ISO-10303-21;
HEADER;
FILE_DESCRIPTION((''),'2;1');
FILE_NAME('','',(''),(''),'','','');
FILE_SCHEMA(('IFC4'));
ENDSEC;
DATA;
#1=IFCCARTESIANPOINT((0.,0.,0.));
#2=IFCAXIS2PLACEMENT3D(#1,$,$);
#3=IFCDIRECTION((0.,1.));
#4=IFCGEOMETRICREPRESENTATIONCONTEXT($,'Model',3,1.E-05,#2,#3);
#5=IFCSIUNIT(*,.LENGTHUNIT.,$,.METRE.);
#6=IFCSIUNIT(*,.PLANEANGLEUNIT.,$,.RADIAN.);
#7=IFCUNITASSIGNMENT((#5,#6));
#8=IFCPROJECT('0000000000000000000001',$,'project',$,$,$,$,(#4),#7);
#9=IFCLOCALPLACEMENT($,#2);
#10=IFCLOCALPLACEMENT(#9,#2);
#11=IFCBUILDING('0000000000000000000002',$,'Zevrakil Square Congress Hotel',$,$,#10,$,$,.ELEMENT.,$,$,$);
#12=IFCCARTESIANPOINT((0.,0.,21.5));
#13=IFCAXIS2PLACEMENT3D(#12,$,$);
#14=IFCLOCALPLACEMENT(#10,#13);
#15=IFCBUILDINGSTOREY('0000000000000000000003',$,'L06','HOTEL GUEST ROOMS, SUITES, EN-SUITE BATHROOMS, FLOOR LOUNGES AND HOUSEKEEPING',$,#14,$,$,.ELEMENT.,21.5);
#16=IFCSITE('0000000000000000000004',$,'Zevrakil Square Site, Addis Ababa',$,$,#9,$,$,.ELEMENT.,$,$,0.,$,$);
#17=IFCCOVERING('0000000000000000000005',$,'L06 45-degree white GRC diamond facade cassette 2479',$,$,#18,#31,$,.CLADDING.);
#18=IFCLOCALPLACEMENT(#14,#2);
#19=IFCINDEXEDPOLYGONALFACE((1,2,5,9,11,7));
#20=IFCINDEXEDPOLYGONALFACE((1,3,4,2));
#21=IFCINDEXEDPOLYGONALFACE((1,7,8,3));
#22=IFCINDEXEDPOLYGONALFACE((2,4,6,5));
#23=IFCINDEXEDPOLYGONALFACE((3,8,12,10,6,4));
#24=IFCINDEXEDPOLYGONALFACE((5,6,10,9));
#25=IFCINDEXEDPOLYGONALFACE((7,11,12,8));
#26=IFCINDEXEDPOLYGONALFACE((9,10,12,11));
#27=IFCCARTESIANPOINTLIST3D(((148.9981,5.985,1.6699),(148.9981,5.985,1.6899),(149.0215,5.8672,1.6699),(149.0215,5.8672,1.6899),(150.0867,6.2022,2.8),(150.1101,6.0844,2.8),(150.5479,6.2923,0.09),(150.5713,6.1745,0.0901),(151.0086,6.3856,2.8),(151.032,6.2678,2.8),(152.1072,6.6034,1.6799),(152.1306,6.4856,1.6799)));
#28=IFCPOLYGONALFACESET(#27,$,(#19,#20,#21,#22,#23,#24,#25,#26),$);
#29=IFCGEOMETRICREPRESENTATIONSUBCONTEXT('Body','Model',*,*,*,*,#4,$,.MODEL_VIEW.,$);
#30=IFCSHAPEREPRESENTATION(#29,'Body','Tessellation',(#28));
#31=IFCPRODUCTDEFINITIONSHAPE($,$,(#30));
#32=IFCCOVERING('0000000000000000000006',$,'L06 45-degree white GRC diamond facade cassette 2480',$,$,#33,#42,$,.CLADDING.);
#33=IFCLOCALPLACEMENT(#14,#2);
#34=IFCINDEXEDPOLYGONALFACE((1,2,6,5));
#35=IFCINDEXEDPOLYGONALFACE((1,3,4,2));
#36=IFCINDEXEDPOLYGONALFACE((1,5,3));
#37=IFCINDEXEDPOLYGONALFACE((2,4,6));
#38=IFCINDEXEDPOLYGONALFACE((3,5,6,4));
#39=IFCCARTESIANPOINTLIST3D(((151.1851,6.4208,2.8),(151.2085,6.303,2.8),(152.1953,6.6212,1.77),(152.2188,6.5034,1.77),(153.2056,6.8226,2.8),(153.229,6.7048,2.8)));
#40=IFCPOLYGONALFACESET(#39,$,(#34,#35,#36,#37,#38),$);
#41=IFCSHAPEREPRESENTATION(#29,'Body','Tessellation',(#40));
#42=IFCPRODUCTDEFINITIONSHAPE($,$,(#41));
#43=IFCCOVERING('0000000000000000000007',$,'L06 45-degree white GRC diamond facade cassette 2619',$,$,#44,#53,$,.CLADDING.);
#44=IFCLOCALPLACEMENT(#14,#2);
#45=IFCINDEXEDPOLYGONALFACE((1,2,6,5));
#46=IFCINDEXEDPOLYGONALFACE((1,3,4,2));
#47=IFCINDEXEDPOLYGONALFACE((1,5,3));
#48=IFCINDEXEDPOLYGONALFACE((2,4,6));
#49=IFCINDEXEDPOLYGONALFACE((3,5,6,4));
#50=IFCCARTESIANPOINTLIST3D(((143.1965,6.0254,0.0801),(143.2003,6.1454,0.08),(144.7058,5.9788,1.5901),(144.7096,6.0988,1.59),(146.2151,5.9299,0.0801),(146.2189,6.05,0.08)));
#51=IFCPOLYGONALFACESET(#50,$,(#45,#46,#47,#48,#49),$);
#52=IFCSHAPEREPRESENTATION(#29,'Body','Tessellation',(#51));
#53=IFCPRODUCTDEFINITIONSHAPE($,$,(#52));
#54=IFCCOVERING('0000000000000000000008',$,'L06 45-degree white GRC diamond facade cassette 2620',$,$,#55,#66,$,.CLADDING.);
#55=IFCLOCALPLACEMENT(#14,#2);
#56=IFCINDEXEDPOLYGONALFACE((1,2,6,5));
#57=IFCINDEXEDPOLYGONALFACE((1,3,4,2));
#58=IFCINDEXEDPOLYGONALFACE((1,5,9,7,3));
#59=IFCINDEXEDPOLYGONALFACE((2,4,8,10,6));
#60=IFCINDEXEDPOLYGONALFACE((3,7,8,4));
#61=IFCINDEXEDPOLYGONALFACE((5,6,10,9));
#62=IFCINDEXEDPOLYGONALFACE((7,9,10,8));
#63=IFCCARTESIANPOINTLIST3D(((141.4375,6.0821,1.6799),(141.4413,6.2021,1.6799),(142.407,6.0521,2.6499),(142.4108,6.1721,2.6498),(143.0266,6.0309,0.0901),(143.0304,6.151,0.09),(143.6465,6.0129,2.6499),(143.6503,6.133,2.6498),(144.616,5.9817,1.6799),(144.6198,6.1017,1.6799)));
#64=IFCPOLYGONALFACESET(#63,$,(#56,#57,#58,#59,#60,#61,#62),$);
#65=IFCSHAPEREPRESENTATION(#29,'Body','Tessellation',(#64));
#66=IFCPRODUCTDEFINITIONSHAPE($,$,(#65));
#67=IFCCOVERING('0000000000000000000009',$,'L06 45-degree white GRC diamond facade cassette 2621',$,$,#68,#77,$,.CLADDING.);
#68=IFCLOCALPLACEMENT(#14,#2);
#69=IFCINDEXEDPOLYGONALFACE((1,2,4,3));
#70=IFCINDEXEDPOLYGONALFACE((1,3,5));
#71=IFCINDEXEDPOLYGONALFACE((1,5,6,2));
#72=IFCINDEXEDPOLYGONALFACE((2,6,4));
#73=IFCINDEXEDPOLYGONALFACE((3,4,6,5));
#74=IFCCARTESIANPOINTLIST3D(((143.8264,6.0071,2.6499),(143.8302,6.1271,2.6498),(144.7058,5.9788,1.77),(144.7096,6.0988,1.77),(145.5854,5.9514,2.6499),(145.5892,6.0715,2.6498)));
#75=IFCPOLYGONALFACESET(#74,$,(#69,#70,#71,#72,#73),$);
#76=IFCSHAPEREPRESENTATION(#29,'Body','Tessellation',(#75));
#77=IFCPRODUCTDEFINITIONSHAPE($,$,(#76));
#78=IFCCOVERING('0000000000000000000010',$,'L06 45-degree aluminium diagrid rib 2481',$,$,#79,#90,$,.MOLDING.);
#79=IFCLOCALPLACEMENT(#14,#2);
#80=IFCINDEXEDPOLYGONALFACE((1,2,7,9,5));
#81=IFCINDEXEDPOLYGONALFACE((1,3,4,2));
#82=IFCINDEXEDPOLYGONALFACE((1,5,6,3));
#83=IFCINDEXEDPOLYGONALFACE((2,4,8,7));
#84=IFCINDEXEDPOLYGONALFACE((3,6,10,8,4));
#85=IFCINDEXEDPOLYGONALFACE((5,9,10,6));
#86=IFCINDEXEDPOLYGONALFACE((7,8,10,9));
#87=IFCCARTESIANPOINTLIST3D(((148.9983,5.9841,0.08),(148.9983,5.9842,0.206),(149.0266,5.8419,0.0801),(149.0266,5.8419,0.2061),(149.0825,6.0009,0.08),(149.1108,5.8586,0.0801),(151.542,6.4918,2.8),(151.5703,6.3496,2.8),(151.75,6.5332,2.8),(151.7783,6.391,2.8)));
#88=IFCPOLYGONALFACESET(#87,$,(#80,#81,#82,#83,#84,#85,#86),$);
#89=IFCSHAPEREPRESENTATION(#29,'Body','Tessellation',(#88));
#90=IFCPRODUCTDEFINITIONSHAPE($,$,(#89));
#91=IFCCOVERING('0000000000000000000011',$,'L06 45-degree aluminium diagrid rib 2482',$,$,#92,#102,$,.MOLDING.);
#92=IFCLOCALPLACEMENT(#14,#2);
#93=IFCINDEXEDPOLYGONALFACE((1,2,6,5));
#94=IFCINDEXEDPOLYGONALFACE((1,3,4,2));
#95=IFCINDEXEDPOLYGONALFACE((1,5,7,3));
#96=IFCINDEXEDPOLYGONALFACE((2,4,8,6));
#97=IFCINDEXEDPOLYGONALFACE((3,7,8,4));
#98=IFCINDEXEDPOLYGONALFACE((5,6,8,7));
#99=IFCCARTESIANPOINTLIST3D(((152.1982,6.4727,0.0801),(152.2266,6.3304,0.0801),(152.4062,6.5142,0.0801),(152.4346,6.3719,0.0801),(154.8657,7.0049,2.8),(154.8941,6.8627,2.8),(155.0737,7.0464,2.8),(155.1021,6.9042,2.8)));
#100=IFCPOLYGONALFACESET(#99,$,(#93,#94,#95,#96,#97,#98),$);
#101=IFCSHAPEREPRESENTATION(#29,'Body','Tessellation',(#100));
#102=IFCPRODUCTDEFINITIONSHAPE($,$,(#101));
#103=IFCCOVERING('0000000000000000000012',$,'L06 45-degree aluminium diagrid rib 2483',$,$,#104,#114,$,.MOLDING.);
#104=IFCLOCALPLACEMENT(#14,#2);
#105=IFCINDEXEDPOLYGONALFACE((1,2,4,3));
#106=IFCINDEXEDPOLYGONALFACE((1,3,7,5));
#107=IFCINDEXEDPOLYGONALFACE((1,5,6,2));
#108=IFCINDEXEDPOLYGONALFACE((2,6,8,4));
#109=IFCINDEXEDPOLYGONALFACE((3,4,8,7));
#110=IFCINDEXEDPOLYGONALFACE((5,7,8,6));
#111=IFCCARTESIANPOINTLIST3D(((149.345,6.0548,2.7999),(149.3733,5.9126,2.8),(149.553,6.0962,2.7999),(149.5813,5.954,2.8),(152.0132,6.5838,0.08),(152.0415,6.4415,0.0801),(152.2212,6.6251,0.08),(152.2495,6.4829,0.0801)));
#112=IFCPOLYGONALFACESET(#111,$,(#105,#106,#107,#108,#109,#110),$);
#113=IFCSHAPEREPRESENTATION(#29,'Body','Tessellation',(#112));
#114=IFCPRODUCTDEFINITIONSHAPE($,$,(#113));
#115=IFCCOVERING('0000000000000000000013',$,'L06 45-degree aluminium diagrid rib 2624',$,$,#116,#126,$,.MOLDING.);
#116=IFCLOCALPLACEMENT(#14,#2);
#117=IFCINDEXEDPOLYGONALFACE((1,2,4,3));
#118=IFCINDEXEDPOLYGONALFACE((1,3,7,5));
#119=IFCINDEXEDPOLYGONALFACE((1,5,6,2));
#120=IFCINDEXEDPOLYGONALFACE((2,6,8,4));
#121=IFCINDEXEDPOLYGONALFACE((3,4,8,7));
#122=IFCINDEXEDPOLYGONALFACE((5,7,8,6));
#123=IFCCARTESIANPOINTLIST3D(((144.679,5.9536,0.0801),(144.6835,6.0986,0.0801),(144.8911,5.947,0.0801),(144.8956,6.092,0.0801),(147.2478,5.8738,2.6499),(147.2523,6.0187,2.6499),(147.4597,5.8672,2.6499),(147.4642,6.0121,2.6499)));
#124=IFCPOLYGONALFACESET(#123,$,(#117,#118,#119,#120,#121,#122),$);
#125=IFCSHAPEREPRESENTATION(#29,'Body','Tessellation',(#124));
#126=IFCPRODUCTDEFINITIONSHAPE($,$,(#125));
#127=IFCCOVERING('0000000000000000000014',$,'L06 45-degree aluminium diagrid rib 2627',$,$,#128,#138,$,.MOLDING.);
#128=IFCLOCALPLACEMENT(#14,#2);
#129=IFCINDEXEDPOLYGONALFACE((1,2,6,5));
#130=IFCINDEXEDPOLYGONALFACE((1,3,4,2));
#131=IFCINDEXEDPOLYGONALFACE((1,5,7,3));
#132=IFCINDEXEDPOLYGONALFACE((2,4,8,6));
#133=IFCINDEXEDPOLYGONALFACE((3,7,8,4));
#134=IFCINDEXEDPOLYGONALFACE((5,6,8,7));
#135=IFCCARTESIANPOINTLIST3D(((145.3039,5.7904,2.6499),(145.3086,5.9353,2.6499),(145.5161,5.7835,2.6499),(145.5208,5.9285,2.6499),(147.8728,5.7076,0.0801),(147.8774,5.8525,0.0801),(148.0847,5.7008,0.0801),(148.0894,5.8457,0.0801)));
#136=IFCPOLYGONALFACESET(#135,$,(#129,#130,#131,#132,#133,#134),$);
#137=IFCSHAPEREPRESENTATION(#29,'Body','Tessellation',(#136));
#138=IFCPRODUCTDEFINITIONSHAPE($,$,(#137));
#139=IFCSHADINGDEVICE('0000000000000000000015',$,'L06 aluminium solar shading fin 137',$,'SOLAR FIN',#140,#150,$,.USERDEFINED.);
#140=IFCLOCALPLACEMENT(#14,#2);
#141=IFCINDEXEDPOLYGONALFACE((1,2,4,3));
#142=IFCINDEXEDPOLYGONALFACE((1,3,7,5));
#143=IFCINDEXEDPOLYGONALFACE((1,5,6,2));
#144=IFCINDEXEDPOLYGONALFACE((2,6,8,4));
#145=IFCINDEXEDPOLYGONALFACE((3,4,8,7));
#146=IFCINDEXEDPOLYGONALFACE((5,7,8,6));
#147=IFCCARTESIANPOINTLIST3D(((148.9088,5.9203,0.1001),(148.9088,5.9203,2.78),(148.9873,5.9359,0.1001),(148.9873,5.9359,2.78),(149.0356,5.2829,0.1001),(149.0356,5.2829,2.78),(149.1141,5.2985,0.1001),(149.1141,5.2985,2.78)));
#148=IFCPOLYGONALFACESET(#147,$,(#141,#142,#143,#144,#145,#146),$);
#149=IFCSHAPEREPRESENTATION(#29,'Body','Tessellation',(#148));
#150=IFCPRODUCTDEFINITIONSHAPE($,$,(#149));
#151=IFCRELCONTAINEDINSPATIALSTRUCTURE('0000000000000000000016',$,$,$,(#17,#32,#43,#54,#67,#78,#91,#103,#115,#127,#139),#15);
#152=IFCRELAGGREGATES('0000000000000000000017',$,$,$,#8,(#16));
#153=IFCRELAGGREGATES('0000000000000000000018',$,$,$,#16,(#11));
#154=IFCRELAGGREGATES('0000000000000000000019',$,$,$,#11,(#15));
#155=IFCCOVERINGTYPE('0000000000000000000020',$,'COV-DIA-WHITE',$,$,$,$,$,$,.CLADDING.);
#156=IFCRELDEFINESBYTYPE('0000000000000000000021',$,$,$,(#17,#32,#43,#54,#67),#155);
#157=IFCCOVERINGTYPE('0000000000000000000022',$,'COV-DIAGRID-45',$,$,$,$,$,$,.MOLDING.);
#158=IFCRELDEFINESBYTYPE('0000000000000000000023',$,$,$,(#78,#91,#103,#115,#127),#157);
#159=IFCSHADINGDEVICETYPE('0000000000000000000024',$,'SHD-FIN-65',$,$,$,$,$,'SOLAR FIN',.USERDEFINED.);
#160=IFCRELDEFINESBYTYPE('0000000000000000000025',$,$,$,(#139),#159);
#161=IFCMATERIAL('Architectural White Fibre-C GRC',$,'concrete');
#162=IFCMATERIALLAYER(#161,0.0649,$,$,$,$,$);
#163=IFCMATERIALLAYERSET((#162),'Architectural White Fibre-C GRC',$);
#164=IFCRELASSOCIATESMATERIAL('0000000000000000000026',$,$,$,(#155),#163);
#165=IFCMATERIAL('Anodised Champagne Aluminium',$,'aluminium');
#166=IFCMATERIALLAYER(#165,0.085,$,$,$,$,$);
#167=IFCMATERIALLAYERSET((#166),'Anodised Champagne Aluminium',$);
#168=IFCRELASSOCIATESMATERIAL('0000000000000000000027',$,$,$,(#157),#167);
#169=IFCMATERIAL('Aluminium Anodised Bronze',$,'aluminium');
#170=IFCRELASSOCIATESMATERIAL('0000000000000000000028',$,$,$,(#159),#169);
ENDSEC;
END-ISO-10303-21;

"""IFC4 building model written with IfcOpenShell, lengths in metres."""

from ifc_helpers import new_model, si_unit, direction, frame, origin, origin_2d, place, context, subcontext, project, spatial, polyline, rectangle, outline, extrude, material, layer, layer_set, type_object, element, save


model = new_model("IFC4")

# Units and contexts
model_context = context("Model", 3, precision=1e-05, world=origin(), true_north=direction((0.0, 1.0)))
body_context = subcontext(model_context, "Body", "Model", "MODEL_VIEW")
ifc_project = project(units=[si_unit("LENGTHUNIT", "METRE"), si_unit("PLANEANGLEUNIT", "RADIAN")], contexts=[model_context])

# Site, building, storey
site_placement = place(None, origin())
site = spatial("IfcSite", under=ifc_project, at=site_placement, Name="Zevrakil Square Site, Addis Ababa", CompositionType="ELEMENT", RefElevation=0.0)
building_placement = place(site_placement, origin())
building = spatial("IfcBuilding", under=site, at=building_placement, Name="Zevrakil Square Congress Hotel", CompositionType="ELEMENT")
storey_placement = place(building_placement, frame((0.0, 0.0, 21.5)))
storey = spatial("IfcBuildingStorey", under=building, at=storey_placement, Name="L06", Description="HOTEL GUEST ROOMS, SUITES, EN-SUITE BATHROOMS, FLOOR LOUNGES AND HOUSEKEEPING", CompositionType="ELEMENT", Elevation=21.5)

# Coverings
ifc_material_1 = material(Name="Architectural White Fibre-C GRC", Category="concrete")
ifc_layer_1 = layer(ifc_material_1, 0.0649)
ifc_layer_set_1 = layer_set([ifc_layer_1], Name="Architectural White Fibre-C GRC")
covering_type_1 = type_object("IfcCoveringType", Name="COV-DIA-WHITE", PredefinedType="CLADDING", material=ifc_layer_set_1)
covering_1_placement = place(storey_placement, frame((152.1306, 6.4856, 1.6799), z_axis=(0.195078, -0.980788, 0.000597), x_axis=(-0.693483, -0.138364, -0.707062)))
element("IfcCovering", 1, at=covering_1_placement, inside=storey, type_object=covering_type_1, Name="L06 45-degree white GRC diamond facade cassette 2479", PredefinedType="CLADDING", context=body_context, shape_type="SweptSolid", body=[
    extrude(outline(polyline([(0.0, 0.0), (2.2485, 0.0), (2.2488, -2.2343), (2.2346, -2.2485), (0.6647, -2.2486), (0.0, -1.584), (0.0, 0.0)])), origin(), (0.0, 0.0, -1.0), 0.1201),
])
covering_2_placement = place(storey_placement, frame((152.2188, 6.5034, 1.77), z_axis=(0.195068, -0.98079, 0.000465), x_axis=(-0.693559, -0.137606, 0.707135)))
element("IfcCovering", 2, at=covering_2_placement, inside=storey, type_object=covering_type_1, Name="L06 45-degree white GRC diamond facade cassette 2480", PredefinedType="CLADDING", context=body_context, shape_type="SweptSolid", body=[
    extrude(outline(polyline([(0.0, 0.0), (1.4566, 0.0), (0.0, -1.4568), (0.0, 0.0)])), origin(), (0.0, 0.0, -1.0), 0.1201),
])
covering_3_placement = place(storey_placement, frame((144.7058, 5.9788, 1.5901), z_axis=(-0.031608, -0.9995, 0.000727), x_axis=(0.70675, -0.022865, -0.707093)))
element("IfcCovering", 3, at=covering_3_placement, inside=storey, type_object=covering_type_1, Name="L06 45-degree white GRC diamond facade cassette 2619", PredefinedType="CLADDING", context=body_context, shape_type="SweptSolid", body=[
    extrude(outline(polyline([(0.0, 0.0), (2.1355, 0.0), (0.0, -2.1355), (0.0, 0.0)])), origin(), (0.0, 0.0, -1.0), 0.1201),
])
covering_4_placement = place(storey_placement, frame((144.616, 5.9817, 1.6799), z_axis=(-0.031572, -0.999501, 0.000606), x_axis=(-0.706827, 0.021898, -0.707047)))
element("IfcCovering", 4, at=covering_4_placement, inside=storey, type_object=covering_type_1, Name="L06 45-degree white GRC diamond facade cassette 2620", PredefinedType="CLADDING", context=body_context, shape_type="SweptSolid", body=[
    extrude(outline(polyline([(0.0, 0.0), (2.2486, 0.0), (2.2488, -2.2484), (0.8771, -2.2486), (0.0001, -1.3718), (0.0, 0.0)])), origin(), (0.0, 0.0, -1.0), 0.1201),
])
covering_5_placement = place(storey_placement, frame((144.7058, 5.9788, 1.77), z_axis=(-0.031629, -0.9995, 0.000559), x_axis=(-0.706727, 0.02276, 0.70712)))
element("IfcCovering", 5, at=covering_5_placement, inside=storey, type_object=covering_type_1, Name="L06 45-degree white GRC diamond facade cassette 2621", PredefinedType="CLADDING", context=body_context, shape_type="SweptSolid", body=[
    extrude(outline(polyline([(0.0, 0.0), (1.2443, 0.0), (-0.0001, -1.2445), (0.0, 0.0)])), origin(), (0.0, 0.0, -1.0), 0.1201),
])
ifc_material_2 = material(Name="Anodised Champagne Aluminium", Category="aluminium")
ifc_layer_2 = layer(ifc_material_2, 0.085)
ifc_layer_set_2 = layer_set([ifc_layer_2], Name="Anodised Champagne Aluminium")
covering_type_2 = type_object("IfcCoveringType", Name="COV-DIAGRID-45", PredefinedType="MOLDING", material=ifc_layer_set_2)
covering_6_placement = place(storey_placement, frame((149.1108, 5.8586, 0.0801), z_axis=(0.195231, -0.980757, 0.000501), x_axis=(-0.980757, -0.195231, 0.0)))
element("IfcCovering", 6, at=covering_6_placement, inside=storey, type_object=covering_type_2, Name="L06 45-degree aluminium diagrid rib 2481", PredefinedType="MOLDING", context=body_context, shape_type="SweptSolid", body=[
    extrude(outline(polyline([(0.0, 0.0), (0.0859, 0.0), (0.0859, -0.126), (-2.508, -2.72), (-2.7201, -2.72), (0.0, 0.0)])), origin(), (0.0, 0.0, -1.0), 0.145),
])
covering_7_placement = place(storey_placement, frame((152.4062, 6.5142, 0.0801), z_axis=(-0.195673, 0.980669, 0.000006), x_axis=(-0.980669, -0.195673, 0.0)))
element("IfcCovering", 7, at=covering_7_placement, inside=storey, type_object=covering_type_2, Name="L06 45-degree aluminium diagrid rib 2482", PredefinedType="MOLDING", context=body_context, shape_type="SweptSolid", body=[
    extrude(outline(polyline([(0.0, 0.0), (0.2121, 0.0), (-2.508, 2.72), (-2.7201, 2.72), (0.0, 0.0)])), origin(), (0.0, 0.0, -1.0), 0.145),
])
covering_8_placement = place(storey_placement, frame((149.3733, 5.9126, 2.8), z_axis=(0.19512, -0.980779, 0.000683), x_axis=(0.980779, 0.19512, 0.0)))
element("IfcCovering", 8, at=covering_8_placement, inside=storey, type_object=covering_type_2, Name="L06 45-degree aluminium diagrid rib 2483", PredefinedType="MOLDING", context=body_context, shape_type="SweptSolid", body=[
    extrude(outline(polyline([(0.0, 0.0), (0.2121, 0.0), (2.9322, -2.72), (2.7201, -2.72), (0.0, 0.0)])), origin(), (0.0, 0.0, -1.0), 0.145),
])
covering_9_placement = place(storey_placement, frame((144.8911, 5.947, 0.0801), z_axis=(-0.031073, -0.999517, 0.000009), x_axis=(-0.999517, 0.031073, 0.0)))
element("IfcCovering", 9, at=covering_9_placement, inside=storey, type_object=covering_type_2, Name="L06 45-degree aluminium diagrid rib 2624", PredefinedType="MOLDING", context=body_context, shape_type="SweptSolid", body=[
    extrude(outline(polyline([(0.0, 0.0), (0.2123, 0.0), (-2.3578, -2.5698), (-2.5698, -2.5698), (0.0, 0.0)])), origin(), (0.0, 0.0, -1.0), 0.145),
])
covering_10_placement = place(storey_placement, frame((145.3086, 5.9353, 2.6499), z_axis=(0.032223, 0.999481, 0.00002), x_axis=(0.999481, -0.032223, 0.0)))
element("IfcCovering", 10, at=covering_10_placement, inside=storey, type_object=covering_type_2, Name="L06 45-degree aluminium diagrid rib 2627", PredefinedType="MOLDING", context=body_context, shape_type="SweptSolid", body=[
    extrude(outline(polyline([(0.0, 0.0), (0.2123, 0.0), (2.7822, 2.5698), (2.5702, 2.5698), (0.0, 0.0)])), origin(), (0.0, 0.0, -1.0), 0.145),
])

# Shading device
ifc_material_3 = material(Name="Aluminium Anodised Bronze", Category="aluminium")
shading_device_type = type_object("IfcShadingDeviceType", Name="SHD-FIN-65", ElementType="SOLAR FIN", PredefinedType="USERDEFINED", material=ifc_material_3)
shading_device_placement = place(storey_placement, frame((149.0115, 5.6094, 0.1001), z_axis=(0.0, 0.0, 1.0), x_axis=(0.19509, -0.980785, 0.0)))
element("IfcShadingDevice", 11, at=shading_device_placement, inside=storey, type_object=shading_device_type, Name="L06 aluminium solar shading fin 137", ObjectType="SOLAR FIN", PredefinedType="USERDEFINED", context=body_context, shape_type="SweptSolid", body=[
    extrude(rectangle(XDim=0.6499, YDim=0.0801, at=origin_2d()), origin(), (0.0, 0.0, 1.0), 2.6799),
])

save(model, "model.ifc")
